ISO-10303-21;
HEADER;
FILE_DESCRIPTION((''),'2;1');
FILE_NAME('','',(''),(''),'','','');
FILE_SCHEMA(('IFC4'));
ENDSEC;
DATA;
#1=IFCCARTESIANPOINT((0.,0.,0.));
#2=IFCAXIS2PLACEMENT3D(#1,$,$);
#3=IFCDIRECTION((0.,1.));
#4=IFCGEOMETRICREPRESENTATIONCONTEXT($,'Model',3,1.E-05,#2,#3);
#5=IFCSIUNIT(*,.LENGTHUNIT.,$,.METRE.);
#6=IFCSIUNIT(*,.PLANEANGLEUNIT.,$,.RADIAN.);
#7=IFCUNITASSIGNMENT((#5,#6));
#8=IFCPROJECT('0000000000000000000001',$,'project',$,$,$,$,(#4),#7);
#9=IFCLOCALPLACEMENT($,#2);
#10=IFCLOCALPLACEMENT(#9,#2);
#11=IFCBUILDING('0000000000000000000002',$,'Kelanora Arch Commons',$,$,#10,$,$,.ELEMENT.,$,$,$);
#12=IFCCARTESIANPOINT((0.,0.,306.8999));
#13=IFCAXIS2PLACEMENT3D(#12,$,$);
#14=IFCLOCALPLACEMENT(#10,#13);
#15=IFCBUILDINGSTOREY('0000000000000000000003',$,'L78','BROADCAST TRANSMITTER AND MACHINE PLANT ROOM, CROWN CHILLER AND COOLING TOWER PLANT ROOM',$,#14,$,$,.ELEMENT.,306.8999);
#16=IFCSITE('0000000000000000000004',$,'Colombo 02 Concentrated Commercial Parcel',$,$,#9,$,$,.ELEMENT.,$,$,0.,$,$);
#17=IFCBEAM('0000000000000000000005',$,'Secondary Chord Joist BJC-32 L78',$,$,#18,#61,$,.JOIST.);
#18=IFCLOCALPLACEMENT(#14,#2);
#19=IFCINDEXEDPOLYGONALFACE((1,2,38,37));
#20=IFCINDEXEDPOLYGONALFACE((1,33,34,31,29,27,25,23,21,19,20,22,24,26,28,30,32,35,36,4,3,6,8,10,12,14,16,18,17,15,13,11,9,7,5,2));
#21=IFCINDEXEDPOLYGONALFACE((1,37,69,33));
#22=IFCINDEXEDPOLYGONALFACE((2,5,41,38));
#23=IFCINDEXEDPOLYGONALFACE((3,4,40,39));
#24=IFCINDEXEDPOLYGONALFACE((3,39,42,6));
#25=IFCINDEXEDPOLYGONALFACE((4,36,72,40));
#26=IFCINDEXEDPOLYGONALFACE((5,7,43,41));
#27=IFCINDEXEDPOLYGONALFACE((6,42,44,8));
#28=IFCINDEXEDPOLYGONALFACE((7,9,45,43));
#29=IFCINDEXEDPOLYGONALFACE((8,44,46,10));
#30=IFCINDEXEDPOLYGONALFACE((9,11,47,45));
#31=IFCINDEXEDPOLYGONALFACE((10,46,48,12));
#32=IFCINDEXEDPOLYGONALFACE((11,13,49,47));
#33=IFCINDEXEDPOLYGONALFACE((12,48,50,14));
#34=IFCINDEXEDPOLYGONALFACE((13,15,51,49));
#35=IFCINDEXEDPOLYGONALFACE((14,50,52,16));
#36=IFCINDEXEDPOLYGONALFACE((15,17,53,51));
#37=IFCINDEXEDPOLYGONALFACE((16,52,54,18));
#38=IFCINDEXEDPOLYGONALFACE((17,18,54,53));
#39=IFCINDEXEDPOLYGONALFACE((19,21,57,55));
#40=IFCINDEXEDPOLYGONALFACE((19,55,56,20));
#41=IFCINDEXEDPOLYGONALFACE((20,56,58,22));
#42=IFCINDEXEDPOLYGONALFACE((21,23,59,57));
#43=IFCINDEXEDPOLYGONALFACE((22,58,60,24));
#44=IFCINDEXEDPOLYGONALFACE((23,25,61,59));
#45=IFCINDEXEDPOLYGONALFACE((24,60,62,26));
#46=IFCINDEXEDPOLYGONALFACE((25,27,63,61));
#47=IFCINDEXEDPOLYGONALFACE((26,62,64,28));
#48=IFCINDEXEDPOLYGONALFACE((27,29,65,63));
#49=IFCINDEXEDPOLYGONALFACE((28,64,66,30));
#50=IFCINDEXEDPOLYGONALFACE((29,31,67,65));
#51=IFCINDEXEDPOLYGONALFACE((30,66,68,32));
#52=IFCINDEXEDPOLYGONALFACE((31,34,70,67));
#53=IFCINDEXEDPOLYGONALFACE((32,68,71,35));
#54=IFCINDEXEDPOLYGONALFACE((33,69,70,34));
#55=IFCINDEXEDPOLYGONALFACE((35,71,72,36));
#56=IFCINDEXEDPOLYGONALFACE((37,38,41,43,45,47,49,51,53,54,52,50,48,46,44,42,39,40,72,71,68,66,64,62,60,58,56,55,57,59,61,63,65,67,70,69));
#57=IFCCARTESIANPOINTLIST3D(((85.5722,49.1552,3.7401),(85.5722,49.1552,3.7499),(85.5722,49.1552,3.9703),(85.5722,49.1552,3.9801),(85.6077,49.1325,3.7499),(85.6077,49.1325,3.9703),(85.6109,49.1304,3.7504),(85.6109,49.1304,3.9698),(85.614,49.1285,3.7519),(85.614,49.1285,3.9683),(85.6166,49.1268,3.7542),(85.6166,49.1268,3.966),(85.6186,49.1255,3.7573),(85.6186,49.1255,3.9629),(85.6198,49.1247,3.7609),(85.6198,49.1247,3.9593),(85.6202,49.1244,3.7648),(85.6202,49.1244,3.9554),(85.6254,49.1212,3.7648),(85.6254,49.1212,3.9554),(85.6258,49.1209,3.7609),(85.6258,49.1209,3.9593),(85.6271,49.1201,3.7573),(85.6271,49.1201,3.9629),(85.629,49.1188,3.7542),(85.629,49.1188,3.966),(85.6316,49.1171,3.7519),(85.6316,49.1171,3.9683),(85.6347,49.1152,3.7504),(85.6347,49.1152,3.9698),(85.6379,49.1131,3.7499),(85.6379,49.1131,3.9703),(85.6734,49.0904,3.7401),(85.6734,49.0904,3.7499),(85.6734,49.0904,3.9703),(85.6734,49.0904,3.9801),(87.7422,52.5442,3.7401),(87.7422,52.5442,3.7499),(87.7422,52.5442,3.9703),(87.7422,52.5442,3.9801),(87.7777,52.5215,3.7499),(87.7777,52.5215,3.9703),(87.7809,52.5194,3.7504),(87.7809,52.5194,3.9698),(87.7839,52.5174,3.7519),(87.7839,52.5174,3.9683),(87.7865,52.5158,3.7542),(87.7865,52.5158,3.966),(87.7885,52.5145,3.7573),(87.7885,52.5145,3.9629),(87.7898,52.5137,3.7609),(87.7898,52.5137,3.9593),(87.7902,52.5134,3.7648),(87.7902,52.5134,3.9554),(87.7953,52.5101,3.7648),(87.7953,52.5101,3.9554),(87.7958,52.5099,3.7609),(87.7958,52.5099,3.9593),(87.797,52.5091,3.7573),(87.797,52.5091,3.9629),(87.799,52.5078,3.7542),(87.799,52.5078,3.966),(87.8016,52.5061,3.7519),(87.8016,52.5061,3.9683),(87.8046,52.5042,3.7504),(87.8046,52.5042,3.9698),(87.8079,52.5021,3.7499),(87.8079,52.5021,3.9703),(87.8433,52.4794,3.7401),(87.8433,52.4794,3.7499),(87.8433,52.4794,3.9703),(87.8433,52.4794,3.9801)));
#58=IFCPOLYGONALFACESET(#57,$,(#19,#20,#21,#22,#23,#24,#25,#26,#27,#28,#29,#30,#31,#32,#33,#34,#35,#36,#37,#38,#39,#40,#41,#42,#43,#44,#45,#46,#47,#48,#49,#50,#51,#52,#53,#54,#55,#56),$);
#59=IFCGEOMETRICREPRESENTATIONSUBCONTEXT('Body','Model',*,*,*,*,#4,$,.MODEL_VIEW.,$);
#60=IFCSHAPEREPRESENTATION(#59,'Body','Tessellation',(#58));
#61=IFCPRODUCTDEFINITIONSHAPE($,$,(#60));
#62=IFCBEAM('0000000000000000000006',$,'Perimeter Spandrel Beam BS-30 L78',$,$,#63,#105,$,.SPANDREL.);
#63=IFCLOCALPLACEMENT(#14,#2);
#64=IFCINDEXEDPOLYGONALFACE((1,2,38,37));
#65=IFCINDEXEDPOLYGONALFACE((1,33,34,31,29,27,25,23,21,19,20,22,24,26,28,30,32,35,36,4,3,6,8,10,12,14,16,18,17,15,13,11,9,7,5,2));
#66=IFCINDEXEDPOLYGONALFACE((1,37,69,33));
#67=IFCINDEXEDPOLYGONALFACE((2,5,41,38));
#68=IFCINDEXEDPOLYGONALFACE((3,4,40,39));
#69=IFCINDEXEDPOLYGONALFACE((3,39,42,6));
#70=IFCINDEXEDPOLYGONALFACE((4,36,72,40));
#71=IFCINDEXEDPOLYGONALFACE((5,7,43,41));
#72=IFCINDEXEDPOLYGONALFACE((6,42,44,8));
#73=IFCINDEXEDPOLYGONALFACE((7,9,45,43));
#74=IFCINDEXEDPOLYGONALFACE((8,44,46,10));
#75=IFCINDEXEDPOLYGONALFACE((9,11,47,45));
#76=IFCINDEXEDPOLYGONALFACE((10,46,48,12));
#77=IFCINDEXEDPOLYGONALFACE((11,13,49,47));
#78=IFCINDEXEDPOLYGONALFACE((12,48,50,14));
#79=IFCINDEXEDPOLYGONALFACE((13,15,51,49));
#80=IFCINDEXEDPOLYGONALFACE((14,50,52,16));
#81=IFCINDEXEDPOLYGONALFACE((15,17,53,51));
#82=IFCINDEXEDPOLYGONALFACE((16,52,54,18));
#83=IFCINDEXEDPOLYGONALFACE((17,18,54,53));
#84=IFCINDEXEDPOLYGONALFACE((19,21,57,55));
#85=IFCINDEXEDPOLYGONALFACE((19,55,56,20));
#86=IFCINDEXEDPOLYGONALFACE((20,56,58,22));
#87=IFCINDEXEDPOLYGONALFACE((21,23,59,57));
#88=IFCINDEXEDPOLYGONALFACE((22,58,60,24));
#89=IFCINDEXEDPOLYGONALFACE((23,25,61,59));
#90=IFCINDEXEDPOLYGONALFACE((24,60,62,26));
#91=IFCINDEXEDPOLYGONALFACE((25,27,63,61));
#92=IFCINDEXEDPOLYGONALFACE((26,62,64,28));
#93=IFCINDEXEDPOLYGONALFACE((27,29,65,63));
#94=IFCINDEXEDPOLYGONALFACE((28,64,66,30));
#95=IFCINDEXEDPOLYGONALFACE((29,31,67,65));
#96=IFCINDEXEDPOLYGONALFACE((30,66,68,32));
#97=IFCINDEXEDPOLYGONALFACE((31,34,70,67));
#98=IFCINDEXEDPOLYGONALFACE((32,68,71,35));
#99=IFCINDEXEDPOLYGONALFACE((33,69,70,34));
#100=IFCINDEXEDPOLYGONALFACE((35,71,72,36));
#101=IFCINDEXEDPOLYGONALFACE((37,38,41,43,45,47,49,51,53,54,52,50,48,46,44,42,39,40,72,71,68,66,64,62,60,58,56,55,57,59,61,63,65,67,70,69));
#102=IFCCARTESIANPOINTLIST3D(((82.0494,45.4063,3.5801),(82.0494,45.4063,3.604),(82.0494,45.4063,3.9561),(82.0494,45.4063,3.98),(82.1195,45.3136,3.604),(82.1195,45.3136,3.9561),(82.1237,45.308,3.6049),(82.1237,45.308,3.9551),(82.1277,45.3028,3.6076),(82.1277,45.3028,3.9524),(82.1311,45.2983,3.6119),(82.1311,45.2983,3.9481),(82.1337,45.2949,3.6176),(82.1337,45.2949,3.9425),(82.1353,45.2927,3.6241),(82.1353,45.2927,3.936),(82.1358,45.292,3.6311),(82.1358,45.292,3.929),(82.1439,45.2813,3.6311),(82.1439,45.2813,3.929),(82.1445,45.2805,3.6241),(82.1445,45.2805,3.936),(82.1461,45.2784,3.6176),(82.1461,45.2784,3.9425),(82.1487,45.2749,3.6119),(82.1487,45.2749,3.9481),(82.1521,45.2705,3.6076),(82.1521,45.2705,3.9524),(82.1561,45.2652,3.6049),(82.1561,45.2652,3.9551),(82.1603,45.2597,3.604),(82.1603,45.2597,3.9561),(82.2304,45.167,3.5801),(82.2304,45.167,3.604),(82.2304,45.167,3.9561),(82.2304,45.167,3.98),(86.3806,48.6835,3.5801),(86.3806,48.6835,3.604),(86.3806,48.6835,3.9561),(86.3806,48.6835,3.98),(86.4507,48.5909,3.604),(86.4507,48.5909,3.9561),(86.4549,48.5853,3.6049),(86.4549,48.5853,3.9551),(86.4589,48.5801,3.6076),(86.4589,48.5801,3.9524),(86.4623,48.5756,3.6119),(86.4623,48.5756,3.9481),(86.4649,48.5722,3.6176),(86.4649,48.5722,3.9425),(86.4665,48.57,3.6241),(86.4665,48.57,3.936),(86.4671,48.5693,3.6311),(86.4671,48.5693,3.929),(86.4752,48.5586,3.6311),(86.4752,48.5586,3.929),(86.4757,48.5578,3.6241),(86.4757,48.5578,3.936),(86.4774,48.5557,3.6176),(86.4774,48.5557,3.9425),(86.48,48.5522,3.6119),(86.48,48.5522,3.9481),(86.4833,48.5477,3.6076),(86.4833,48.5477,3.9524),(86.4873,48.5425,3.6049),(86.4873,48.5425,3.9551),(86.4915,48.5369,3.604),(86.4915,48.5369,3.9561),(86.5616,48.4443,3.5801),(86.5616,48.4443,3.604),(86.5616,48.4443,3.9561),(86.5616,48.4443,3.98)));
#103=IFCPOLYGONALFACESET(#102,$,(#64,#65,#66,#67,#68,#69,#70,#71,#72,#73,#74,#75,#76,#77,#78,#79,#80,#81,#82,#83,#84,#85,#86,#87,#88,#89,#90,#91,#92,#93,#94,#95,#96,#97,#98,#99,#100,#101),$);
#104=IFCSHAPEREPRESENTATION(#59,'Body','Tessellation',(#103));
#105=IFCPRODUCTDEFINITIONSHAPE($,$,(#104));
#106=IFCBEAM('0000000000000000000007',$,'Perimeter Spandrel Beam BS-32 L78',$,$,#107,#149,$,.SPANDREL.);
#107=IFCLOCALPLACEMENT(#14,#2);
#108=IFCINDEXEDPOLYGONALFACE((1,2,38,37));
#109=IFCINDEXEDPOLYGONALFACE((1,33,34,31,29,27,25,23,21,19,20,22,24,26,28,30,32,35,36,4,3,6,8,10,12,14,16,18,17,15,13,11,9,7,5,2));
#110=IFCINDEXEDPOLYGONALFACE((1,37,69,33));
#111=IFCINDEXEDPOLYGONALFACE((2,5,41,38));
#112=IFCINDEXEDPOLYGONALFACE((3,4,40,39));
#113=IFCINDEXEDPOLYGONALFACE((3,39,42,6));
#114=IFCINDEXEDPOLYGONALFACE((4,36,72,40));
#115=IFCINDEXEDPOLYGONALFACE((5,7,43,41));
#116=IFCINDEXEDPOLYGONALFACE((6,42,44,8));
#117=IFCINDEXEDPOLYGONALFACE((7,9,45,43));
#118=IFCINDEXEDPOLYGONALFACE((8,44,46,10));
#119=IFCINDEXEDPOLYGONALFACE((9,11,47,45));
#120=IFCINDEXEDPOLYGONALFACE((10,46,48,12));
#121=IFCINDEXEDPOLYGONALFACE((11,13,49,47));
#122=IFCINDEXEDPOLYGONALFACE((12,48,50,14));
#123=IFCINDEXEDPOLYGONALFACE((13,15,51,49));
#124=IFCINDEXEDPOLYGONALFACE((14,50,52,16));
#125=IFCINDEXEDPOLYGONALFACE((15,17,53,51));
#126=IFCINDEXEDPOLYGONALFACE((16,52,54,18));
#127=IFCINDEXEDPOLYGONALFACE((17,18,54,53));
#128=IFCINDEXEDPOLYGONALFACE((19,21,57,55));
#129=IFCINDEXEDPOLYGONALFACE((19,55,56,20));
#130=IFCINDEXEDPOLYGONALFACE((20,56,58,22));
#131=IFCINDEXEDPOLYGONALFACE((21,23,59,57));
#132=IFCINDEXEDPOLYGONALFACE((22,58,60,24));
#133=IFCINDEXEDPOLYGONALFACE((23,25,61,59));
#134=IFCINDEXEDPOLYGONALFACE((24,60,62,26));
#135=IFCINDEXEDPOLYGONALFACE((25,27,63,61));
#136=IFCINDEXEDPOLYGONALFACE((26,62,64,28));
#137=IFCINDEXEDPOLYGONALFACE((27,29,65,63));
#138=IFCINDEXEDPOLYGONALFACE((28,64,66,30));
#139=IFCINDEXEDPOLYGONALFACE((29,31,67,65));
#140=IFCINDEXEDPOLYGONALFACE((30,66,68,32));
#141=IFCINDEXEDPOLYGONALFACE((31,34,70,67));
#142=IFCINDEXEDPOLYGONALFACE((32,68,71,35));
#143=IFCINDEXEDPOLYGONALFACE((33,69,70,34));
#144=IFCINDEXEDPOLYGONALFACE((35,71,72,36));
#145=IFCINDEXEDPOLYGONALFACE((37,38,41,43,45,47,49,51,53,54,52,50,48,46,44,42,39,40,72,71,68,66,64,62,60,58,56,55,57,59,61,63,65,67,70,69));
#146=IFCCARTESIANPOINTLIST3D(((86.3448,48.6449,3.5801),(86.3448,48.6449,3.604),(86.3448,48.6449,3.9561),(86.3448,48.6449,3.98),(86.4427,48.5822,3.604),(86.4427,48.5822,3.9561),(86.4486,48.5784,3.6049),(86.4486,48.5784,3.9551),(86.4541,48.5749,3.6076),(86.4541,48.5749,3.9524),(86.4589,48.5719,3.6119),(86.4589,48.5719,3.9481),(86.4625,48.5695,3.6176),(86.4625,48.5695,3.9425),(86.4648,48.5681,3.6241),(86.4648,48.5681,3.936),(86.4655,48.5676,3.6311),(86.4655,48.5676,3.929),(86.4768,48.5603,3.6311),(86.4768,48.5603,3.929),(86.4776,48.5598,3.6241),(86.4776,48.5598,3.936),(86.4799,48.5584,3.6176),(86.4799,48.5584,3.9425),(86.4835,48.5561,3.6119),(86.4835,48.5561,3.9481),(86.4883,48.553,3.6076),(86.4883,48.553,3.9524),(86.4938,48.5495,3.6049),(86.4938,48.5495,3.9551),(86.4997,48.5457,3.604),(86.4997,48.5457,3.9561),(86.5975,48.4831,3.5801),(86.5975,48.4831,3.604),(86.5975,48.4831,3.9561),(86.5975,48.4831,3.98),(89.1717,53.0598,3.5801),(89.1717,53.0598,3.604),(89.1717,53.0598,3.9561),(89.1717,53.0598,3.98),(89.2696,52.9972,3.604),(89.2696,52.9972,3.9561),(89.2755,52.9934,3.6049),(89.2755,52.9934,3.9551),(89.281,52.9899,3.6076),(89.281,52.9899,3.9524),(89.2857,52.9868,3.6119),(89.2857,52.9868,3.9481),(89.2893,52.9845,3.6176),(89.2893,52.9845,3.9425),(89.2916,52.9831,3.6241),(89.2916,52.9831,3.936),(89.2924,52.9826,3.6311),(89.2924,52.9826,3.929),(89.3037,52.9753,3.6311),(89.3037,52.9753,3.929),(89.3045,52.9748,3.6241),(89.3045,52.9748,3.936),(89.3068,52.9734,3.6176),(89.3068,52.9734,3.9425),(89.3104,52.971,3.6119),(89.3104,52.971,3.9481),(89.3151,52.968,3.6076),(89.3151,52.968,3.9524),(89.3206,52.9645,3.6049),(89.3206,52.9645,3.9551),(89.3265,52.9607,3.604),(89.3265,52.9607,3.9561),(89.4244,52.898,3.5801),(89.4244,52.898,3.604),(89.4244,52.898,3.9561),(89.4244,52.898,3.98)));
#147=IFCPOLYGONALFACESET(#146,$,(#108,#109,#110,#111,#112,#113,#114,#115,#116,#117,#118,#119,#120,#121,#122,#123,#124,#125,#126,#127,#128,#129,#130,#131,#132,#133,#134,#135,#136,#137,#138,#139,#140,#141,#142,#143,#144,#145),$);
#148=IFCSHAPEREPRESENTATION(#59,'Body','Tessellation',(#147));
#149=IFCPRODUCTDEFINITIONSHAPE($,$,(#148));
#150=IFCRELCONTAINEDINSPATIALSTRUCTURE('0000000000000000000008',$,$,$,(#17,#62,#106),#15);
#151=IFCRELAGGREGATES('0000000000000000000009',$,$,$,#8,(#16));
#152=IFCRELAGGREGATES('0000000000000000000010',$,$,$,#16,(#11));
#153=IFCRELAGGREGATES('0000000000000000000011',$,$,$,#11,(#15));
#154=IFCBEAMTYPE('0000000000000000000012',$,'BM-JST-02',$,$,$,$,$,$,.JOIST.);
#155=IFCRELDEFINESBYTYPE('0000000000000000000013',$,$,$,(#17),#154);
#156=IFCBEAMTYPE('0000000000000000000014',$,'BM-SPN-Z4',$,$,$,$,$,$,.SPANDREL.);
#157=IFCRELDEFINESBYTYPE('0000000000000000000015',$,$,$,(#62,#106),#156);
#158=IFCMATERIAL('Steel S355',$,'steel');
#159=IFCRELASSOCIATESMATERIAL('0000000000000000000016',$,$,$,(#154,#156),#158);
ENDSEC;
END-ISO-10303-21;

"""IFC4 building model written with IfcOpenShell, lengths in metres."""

from ifc_helpers import new_model, si_unit, direction, frame, origin, origin_2d, place, context, subcontext, project, spatial, i_section, extrude, material, material_profile, profile_set, type_object, element, save


model = new_model("IFC4")

# Units and contexts
model_context = context("Model", 3, precision=1e-05, world=origin(), true_north=direction((0.0, 1.0)))
body_context = subcontext(model_context, "Body", "Model", "MODEL_VIEW")
ifc_project = project(units=[si_unit("LENGTHUNIT", "METRE"), si_unit("PLANEANGLEUNIT", "RADIAN")], contexts=[model_context])

# Site, building, storey
site_placement = place(None, origin())
site = spatial("IfcSite", under=ifc_project, at=site_placement, Name="Colombo 02 Concentrated Commercial Parcel", CompositionType="ELEMENT", RefElevation=0.0)
building_placement = place(site_placement, origin())
building = spatial("IfcBuilding", under=site, at=building_placement, Name="Kelanora Arch Commons", CompositionType="ELEMENT")
storey_placement = place(building_placement, frame((0.0, 0.0, 306.8999)))
storey = spatial("IfcBuildingStorey", under=building, at=storey_placement, Name="L78", Description="BROADCAST TRANSMITTER AND MACHINE PLANT ROOM, CROWN CHILLER AND COOLING TOWER PLANT ROOM", CompositionType="ELEMENT", Elevation=306.8999)

# Beams
ifc_material_1 = material(Name="Steel S355", Category="steel")
ifc_material_profile_1 = material_profile(ifc_material_1, i_section(OverallWidth=0.1201, OverallDepth=0.24, WebThickness=0.0061, FlangeThickness=0.0098, FilletRadius=0.0149, at=origin_2d()), Name="IPE240")
ifc_profile_set_1 = profile_set([ifc_material_profile_1], Name="Steel S355")
beam_type_1 = type_object("IfcBeamType", Name="BM-JST-02", PredefinedType="JOIST", material=ifc_profile_set_1)
beam_1_placement = place(storey_placement, frame((85.6228, 49.1228, 3.8601), z_axis=(0.539233, 0.842157, 0.0), x_axis=(-0.842157, 0.539233, 0.0)))
element("IfcBeam", 1, at=beam_1_placement, inside=storey, type_object=beam_type_1, Name="Secondary Chord Joist BJC-32 L78", PredefinedType="JOIST", context=body_context, shape_type="SweptSolid", body=[
    extrude(i_section(OverallWidth=0.1201, OverallDepth=0.24, WebThickness=0.0061, FlangeThickness=0.0098, FilletRadius=0.0149, at=origin_2d()), origin(), (0.0, 0.0, 1.0), 4.0242),
])
ifc_material_profile_2 = material_profile(ifc_material_1, i_section(OverallWidth=0.3, OverallDepth=0.3999, WebThickness=0.0134, FlangeThickness=0.0239, FilletRadius=0.0271, at=origin_2d()), Name="HEB400")
ifc_profile_set_2 = profile_set([ifc_material_profile_2], Name="Steel S355")
beam_type_2 = type_object("IfcBeamType", Name="BM-SPN-Z4", PredefinedType="SPANDREL", material=ifc_profile_set_2)
beam_2_placement = place(storey_placement, frame((82.1399, 45.2866, 3.78), z_axis=(0.797441, 0.603396, 0.0), x_axis=(-0.603396, 0.797441, 0.0)))
element("IfcBeam", 2, at=beam_2_placement, inside=storey, type_object=beam_type_2, Name="Perimeter Spandrel Beam BS-30 L78", PredefinedType="SPANDREL", context=body_context, shape_type="SweptSolid", body=[
    extrude(i_section(OverallWidth=0.3, OverallDepth=0.3999, WebThickness=0.0134, FlangeThickness=0.0239, FilletRadius=0.0271, at=origin_2d()), origin(), (0.0, 0.0, 1.0), 5.4314),
])
beam_3_placement = place(storey_placement, frame((86.4712, 48.564, 3.78), z_axis=(0.539227, 0.842161, 0.0), x_axis=(-0.842161, 0.539227, 0.0)))
element("IfcBeam", 3, at=beam_3_placement, inside=storey, type_object=beam_type_2, Name="Perimeter Spandrel Beam BS-32 L78", PredefinedType="SPANDREL", context=body_context, shape_type="SweptSolid", body=[
    extrude(i_section(OverallWidth=0.3, OverallDepth=0.3999, WebThickness=0.0134, FlangeThickness=0.0239, FilletRadius=0.0271, at=origin_2d()), origin(), (0.0, 0.0, 1.0), 5.2424),
])

save(model, "model.ifc")
